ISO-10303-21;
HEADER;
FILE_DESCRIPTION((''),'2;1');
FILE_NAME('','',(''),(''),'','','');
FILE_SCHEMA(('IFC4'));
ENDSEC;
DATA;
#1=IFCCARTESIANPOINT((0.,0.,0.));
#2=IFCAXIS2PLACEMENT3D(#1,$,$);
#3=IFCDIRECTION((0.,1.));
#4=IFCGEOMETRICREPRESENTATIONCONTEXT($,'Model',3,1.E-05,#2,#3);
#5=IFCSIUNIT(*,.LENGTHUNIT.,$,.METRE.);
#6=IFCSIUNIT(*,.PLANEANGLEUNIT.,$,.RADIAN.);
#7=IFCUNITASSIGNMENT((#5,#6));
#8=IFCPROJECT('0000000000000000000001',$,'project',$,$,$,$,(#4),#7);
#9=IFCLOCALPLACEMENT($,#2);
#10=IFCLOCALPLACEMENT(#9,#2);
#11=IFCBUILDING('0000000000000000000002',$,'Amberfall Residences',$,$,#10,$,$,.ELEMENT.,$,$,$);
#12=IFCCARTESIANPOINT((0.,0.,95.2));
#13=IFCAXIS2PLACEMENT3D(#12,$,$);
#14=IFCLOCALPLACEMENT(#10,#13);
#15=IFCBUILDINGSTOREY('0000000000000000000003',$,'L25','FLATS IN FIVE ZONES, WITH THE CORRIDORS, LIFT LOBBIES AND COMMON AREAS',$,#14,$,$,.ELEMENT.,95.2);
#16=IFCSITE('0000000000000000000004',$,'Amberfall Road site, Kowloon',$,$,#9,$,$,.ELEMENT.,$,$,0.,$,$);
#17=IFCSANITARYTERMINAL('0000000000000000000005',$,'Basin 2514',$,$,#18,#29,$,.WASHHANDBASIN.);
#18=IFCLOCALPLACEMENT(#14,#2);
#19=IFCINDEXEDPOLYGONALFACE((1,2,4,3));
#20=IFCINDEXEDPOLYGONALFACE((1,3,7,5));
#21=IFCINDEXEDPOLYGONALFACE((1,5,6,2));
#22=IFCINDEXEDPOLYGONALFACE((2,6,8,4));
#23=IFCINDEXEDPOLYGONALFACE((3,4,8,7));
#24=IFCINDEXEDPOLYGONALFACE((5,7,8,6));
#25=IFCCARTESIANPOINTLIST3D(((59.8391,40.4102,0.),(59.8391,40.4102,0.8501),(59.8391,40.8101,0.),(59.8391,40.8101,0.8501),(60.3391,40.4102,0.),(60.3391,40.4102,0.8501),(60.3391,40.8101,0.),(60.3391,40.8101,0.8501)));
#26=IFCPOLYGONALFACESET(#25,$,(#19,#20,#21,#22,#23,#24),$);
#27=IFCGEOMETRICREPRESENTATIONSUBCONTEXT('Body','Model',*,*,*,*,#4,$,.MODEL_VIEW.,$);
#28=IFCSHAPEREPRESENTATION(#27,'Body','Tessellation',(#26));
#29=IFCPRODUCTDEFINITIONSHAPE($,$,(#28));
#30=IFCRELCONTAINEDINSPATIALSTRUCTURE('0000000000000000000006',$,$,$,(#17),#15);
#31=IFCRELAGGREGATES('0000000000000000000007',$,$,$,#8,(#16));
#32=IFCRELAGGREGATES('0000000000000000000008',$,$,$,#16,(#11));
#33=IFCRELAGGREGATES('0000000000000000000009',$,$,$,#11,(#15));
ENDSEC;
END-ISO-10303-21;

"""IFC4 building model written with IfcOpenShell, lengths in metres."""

from ifc_helpers import new_model, si_unit, direction, frame, origin, origin_2d, place, context, subcontext, project, spatial, rectangle, extrude, element, save


model = new_model("IFC4")

# Units and contexts
model_context = context("Model", 3, precision=1e-05, world=origin(), true_north=direction((0.0, 1.0)))
body_context = subcontext(model_context, "Body", "Model", "MODEL_VIEW")
ifc_project = project(units=[si_unit("LENGTHUNIT", "METRE"), si_unit("PLANEANGLEUNIT", "RADIAN")], contexts=[model_context])

# Site, building, storey
site_placement = place(None, origin())
site = spatial("IfcSite", under=ifc_project, at=site_placement, Name="Amberfall Road site, Kowloon", CompositionType="ELEMENT", RefElevation=0.0)
building_placement = place(site_placement, origin())
building = spatial("IfcBuilding", under=site, at=building_placement, Name="Amberfall Residences", CompositionType="ELEMENT")
storey_placement = place(building_placement, frame((0.0, 0.0, 95.2)))
storey = spatial("IfcBuildingStorey", under=building, at=storey_placement, Name="L25", Description="FLATS IN FIVE ZONES, WITH THE CORRIDORS, LIFT LOBBIES AND COMMON AREAS", CompositionType="ELEMENT", Elevation=95.2)

# Sanitary terminal
sanitary_terminal_placement = place(storey_placement, frame((60.0891, 40.6101, 0.0), z_axis=(0.0, 0.0, 1.0), x_axis=(1.0, 0.0, 0.0)))
element("IfcSanitaryTerminal", 1, at=sanitary_terminal_placement, inside=storey, Name="Basin 2514", PredefinedType="WASHHANDBASIN", context=body_context, shape_type="SweptSolid", body=[
    extrude(rectangle(XDim=0.5, YDim=0.3999, at=origin_2d()), origin(), (0.0, 0.0, 1.0), 0.8501),
])

save(model, "model.ifc")
